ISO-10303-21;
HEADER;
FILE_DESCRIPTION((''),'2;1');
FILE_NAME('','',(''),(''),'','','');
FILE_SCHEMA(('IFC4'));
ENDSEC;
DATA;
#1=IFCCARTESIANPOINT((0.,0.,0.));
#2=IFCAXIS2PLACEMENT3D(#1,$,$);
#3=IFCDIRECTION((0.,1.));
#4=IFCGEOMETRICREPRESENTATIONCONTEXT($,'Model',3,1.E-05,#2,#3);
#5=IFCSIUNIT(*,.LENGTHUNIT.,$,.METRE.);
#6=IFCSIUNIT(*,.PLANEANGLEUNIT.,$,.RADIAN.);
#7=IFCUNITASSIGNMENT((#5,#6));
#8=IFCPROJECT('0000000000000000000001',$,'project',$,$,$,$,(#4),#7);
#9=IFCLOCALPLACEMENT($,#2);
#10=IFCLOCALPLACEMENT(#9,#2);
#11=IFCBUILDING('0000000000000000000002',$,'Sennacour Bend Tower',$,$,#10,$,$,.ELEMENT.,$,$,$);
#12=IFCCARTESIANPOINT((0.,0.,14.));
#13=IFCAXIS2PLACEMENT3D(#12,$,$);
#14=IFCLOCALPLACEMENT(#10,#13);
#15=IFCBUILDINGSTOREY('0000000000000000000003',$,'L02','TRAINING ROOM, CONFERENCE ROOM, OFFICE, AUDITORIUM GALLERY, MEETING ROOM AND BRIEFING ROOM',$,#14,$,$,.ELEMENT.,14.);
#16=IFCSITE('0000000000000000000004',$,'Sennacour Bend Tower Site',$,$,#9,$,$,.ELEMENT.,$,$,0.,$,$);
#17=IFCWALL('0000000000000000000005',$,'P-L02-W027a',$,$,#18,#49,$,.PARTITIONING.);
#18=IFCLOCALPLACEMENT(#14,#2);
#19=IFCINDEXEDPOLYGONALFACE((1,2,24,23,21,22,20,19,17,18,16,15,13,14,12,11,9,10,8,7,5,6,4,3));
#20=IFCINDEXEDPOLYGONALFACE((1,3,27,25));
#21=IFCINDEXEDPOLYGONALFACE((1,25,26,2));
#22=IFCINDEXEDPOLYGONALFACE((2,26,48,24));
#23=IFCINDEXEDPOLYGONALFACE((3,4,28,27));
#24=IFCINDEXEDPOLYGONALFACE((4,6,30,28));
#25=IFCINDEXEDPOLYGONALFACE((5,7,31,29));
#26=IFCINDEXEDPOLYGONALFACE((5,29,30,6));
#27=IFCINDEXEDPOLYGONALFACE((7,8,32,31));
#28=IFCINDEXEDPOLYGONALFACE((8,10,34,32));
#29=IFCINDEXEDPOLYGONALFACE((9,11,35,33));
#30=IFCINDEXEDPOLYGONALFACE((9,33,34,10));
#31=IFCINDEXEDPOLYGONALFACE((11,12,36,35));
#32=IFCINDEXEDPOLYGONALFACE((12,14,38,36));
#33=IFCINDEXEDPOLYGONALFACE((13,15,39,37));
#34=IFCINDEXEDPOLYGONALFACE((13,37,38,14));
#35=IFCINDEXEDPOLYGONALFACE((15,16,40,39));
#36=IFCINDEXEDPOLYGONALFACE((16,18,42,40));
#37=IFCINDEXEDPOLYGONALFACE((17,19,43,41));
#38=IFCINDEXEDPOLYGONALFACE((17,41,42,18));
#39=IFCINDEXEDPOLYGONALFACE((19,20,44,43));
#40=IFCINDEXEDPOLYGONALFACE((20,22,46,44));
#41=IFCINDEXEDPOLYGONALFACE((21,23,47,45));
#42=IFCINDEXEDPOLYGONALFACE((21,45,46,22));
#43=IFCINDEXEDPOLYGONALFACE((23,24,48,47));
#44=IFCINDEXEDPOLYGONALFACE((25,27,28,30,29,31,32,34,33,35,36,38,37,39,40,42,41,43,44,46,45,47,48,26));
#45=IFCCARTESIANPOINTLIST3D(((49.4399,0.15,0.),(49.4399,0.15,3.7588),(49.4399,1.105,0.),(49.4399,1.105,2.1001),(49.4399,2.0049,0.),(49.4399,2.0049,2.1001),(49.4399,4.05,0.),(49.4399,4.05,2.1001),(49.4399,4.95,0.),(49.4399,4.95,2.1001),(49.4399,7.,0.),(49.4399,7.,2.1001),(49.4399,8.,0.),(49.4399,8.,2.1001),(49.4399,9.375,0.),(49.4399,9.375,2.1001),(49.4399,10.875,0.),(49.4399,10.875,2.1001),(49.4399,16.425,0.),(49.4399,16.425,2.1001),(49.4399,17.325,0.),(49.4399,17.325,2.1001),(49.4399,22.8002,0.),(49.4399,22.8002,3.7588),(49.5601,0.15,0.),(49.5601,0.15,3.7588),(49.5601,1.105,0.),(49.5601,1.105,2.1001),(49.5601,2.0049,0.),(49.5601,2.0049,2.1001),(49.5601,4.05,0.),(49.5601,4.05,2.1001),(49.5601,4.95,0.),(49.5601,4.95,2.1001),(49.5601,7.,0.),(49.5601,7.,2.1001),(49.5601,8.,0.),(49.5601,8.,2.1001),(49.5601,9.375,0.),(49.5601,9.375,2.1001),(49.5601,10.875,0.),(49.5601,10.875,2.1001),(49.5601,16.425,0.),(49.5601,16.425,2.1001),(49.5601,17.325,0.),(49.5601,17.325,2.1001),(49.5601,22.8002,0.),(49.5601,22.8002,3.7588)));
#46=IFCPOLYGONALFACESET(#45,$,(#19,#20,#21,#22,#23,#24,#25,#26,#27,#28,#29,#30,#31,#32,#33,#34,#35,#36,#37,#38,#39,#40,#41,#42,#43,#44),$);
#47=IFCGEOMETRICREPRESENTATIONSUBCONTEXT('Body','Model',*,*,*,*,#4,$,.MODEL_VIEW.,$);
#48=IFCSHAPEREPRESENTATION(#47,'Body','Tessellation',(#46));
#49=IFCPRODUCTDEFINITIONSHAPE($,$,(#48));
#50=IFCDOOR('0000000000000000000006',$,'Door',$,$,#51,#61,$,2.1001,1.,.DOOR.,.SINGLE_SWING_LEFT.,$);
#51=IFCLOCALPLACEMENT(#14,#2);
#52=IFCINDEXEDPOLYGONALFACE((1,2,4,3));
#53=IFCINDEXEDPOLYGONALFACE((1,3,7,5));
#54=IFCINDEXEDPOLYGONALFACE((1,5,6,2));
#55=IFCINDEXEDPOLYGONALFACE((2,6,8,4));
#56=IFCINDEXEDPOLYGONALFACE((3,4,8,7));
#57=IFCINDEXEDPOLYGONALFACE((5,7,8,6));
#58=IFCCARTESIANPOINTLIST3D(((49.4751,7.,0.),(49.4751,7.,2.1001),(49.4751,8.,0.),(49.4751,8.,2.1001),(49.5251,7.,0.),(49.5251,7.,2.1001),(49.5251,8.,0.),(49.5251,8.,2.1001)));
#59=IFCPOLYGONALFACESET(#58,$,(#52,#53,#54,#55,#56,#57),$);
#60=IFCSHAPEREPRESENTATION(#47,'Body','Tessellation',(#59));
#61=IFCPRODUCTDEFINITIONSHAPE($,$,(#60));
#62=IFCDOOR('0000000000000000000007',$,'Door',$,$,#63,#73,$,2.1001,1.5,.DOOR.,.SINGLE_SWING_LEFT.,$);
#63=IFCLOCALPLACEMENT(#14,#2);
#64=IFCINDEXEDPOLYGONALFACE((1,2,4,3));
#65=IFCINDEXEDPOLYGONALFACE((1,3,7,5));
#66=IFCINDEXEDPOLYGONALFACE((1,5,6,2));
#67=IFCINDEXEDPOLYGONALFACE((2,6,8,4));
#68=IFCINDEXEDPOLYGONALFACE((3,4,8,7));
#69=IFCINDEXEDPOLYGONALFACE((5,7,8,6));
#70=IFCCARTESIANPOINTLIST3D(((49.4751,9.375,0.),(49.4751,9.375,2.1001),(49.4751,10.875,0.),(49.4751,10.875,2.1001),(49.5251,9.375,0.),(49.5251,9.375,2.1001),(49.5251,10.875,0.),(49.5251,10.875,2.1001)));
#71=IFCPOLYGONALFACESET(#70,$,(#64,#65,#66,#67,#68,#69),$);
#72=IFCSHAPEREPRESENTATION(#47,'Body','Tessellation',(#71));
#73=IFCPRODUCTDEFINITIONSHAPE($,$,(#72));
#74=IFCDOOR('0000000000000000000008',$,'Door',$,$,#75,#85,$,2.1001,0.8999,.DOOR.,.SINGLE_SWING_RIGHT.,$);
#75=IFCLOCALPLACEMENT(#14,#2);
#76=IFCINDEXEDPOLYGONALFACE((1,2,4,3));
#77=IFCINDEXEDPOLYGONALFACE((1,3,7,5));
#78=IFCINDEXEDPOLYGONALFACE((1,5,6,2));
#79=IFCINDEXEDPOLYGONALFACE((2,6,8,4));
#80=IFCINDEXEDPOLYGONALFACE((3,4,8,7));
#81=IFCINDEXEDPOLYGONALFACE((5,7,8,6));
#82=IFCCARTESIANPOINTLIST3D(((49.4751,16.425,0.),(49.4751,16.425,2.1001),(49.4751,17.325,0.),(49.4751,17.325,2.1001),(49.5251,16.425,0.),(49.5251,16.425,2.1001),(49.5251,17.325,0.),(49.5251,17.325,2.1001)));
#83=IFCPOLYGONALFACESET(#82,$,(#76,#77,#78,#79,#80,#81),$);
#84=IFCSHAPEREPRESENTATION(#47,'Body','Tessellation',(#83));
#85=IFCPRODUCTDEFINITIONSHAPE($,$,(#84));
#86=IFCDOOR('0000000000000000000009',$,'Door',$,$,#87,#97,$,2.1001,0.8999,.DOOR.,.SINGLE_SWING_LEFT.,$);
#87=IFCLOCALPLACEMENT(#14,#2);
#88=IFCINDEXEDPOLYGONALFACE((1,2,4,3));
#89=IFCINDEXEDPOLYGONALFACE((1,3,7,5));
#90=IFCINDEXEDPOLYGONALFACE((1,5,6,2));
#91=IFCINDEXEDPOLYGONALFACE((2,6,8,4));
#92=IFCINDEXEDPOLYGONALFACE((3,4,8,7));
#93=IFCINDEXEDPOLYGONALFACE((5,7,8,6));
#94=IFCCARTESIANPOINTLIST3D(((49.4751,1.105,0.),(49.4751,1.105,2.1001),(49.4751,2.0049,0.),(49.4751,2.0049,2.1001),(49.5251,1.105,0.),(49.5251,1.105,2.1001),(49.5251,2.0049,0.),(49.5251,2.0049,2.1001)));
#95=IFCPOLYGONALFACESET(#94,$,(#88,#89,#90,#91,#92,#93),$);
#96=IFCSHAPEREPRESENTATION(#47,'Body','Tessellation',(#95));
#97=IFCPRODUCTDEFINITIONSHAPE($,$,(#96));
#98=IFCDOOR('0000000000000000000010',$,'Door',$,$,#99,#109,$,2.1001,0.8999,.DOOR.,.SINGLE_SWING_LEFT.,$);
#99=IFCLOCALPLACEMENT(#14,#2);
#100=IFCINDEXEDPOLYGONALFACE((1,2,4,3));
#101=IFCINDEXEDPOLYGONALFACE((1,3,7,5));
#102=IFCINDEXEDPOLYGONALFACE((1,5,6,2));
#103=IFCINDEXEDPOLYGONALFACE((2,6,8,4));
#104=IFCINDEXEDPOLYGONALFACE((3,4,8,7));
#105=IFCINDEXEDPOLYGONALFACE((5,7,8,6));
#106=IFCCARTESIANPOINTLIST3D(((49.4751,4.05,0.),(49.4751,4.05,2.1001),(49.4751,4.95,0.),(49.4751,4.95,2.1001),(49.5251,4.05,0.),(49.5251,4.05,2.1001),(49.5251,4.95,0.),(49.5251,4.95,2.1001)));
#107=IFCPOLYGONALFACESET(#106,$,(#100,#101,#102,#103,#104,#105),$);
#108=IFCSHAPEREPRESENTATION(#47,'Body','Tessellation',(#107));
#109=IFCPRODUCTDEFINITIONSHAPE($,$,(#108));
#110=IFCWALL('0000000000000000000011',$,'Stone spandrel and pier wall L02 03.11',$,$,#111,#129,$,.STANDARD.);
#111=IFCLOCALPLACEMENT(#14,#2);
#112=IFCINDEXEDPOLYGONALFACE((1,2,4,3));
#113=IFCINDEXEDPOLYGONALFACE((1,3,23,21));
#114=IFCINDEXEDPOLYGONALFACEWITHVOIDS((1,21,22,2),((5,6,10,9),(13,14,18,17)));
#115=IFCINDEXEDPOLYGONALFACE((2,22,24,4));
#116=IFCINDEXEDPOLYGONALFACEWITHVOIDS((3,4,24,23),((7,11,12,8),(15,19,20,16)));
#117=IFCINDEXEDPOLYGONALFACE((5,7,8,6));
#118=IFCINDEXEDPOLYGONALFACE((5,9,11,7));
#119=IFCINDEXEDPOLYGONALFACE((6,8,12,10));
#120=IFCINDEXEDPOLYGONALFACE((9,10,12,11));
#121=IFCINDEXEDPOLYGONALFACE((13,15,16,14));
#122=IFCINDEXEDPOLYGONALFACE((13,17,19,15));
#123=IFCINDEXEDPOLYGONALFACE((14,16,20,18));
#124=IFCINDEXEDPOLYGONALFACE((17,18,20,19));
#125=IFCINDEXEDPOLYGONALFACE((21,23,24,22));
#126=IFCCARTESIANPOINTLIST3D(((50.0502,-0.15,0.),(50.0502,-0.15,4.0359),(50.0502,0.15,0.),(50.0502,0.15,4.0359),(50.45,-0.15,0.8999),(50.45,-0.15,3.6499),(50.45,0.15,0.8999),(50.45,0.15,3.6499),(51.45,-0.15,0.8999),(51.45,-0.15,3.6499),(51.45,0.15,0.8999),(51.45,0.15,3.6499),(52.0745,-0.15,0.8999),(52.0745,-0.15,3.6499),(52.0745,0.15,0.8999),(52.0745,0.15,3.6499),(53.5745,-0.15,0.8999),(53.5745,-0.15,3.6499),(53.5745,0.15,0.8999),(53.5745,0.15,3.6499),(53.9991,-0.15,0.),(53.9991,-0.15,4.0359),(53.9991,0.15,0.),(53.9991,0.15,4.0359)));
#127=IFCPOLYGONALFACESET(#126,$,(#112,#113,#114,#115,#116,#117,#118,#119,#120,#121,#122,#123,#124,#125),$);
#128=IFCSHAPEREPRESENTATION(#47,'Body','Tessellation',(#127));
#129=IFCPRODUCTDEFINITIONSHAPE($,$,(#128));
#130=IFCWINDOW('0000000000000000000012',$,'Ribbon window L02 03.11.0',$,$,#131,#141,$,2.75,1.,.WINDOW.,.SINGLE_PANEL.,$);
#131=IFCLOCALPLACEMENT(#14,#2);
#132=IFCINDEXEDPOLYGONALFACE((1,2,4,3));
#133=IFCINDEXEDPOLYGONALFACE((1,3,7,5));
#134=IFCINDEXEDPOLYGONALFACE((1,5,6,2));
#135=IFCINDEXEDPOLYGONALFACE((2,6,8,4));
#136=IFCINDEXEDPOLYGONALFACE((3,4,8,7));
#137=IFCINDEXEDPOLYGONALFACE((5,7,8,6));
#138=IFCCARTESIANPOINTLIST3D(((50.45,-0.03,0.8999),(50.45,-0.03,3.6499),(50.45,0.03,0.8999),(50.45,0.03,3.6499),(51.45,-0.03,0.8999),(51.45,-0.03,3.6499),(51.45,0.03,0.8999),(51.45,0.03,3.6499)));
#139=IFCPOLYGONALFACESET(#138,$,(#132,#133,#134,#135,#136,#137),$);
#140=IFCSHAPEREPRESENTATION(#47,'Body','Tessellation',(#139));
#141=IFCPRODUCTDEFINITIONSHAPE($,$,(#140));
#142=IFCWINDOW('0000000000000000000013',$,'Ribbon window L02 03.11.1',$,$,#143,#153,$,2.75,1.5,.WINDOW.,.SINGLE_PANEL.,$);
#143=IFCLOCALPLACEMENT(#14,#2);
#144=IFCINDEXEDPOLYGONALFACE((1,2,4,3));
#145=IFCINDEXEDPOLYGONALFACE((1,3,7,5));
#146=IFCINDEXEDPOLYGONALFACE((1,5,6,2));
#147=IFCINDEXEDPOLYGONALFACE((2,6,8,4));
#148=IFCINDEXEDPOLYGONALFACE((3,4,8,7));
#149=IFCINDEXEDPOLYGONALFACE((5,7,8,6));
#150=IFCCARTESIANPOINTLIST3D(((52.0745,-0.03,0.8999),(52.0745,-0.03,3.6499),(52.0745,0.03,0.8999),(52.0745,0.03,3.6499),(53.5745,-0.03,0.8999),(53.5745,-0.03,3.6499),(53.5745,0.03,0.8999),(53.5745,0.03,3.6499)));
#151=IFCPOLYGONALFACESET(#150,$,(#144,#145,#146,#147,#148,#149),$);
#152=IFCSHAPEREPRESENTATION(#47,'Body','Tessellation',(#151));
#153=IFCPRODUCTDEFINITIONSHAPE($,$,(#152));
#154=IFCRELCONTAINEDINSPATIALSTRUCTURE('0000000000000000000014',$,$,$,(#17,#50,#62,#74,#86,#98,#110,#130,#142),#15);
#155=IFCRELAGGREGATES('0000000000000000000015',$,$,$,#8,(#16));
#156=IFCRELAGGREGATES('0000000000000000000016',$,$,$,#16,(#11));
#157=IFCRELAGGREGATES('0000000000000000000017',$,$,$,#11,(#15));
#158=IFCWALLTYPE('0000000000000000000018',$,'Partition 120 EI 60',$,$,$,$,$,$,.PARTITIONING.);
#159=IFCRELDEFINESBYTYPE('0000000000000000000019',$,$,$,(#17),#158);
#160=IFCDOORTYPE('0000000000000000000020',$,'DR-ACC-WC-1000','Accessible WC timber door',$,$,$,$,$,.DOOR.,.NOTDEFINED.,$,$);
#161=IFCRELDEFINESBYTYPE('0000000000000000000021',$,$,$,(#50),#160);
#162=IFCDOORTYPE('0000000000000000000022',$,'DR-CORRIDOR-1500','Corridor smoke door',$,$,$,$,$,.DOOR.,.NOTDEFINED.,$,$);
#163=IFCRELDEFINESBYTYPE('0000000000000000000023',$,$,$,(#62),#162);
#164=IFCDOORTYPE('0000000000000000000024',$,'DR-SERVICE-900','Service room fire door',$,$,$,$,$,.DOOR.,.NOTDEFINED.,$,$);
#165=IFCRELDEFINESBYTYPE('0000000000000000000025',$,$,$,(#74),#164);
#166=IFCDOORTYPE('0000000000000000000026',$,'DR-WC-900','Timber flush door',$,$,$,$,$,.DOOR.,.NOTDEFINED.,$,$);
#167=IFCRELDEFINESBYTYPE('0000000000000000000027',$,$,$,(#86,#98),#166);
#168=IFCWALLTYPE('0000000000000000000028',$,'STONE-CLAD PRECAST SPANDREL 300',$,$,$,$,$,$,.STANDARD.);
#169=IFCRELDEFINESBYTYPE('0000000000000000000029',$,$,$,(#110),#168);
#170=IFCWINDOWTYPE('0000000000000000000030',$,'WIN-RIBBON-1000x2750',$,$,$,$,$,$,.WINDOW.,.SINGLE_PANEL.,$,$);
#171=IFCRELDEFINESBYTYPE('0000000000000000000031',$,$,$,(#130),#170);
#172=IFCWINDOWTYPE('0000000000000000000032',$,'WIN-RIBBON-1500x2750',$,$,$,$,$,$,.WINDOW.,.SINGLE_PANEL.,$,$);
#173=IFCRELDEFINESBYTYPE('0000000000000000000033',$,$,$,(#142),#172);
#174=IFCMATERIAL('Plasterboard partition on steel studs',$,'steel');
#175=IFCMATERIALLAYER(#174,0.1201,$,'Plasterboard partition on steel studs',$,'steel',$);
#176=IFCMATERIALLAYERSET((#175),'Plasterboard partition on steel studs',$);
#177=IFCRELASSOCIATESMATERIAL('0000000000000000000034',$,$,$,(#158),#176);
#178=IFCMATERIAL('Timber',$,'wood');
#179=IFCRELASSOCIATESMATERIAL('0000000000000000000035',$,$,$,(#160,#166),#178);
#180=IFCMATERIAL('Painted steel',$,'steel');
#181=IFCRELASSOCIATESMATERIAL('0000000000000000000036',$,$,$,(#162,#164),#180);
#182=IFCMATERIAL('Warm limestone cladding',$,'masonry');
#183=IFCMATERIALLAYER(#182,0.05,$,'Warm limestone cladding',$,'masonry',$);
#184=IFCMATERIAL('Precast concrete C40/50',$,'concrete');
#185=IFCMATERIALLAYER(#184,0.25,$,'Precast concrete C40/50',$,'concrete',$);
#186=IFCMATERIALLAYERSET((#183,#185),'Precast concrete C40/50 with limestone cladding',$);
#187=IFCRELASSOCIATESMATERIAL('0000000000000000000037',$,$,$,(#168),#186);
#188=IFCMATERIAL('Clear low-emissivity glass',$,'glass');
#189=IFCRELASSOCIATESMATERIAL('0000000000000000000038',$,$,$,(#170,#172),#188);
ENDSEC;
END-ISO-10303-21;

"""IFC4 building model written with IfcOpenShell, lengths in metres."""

from ifc_helpers import new_model, si_unit, direction, frame, frame_2d, origin, place, context, subcontext, project, spatial, rectangle, extrude, material, layer, layer_set, type_object, element, fill, save


model = new_model("IFC4")

# Units and contexts
model_context = context("Model", 3, precision=1e-05, world=origin(), true_north=direction((0.0, 1.0)))
body_context = subcontext(model_context, "Body", "Model", "MODEL_VIEW")
ifc_project = project(units=[si_unit("LENGTHUNIT", "METRE"), si_unit("PLANEANGLEUNIT", "RADIAN")], contexts=[model_context])

# Site, building, storey
site_placement = place(None, origin())
site = spatial("IfcSite", under=ifc_project, at=site_placement, Name="Sennacour Bend Tower Site", CompositionType="ELEMENT", RefElevation=0.0)
building_placement = place(site_placement, origin())
building = spatial("IfcBuilding", under=site, at=building_placement, Name="Sennacour Bend Tower", CompositionType="ELEMENT")
storey_placement = place(building_placement, frame((0.0, 0.0, 14.0)))
storey = spatial("IfcBuildingStorey", under=building, at=storey_placement, Name="L02", Description="TRAINING ROOM, CONFERENCE ROOM, OFFICE, AUDITORIUM GALLERY, MEETING ROOM AND BRIEFING ROOM", CompositionType="ELEMENT", Elevation=14.0)

# Wall, openings, doors
ifc_material_1 = material(Name="Painted steel", Category="steel")
ifc_material_2 = material(Name="Plasterboard partition on steel studs", Category="steel")
ifc_layer_1 = layer(ifc_material_2, 0.1201, Name="Plasterboard partition on steel studs", Category="steel")
ifc_layer_set_1 = layer_set([ifc_layer_1], Name="Plasterboard partition on steel studs")
wall_type_1 = type_object("IfcWallType", Name="Partition 120 EI 60", PredefinedType="PARTITIONING", material=ifc_layer_set_1)
wall_1_placement = place(storey_placement, frame((49.5, 0.1499, 0.0), z_axis=(0.0, 0.0, 1.0), x_axis=(0.0, 1.0, 0.0)))
wall_1 = element("IfcWall", 1, at=wall_1_placement, inside=storey, type_object=wall_type_1, Name="P-L02-W027a", PredefinedType="PARTITIONING", context=body_context, shape_type="SweptSolid", body=[
    extrude(rectangle(XDim=22.6501, YDim=0.1201, at=frame_2d((11.3252, 0.0))), origin(), (0.0, 0.0, 1.0), 3.7588),
])
opening_1_placement = place(wall_1_placement, frame((0.9551, 0.0, 0.0)))
opening_1 = element("IfcOpeningElement", 2, at=opening_1_placement, cuts=wall_1, PredefinedType="OPENING", context=body_context, shape_type="SweptSolid", body=[
    extrude(rectangle(XDim=0.8999, YDim=2.1001, at=frame_2d((0.45, 1.05))), frame((0.0, 0.0701, 0.0), z_axis=(0.0, -1.0, 0.0), x_axis=(1.0, 0.0, 0.0)), (0.0, 0.0, 1.0), 0.1401),
])
opening_2_placement = place(wall_1_placement, frame((3.9001, 0.0, 0.0)))
opening_2 = element("IfcOpeningElement", 3, at=opening_2_placement, cuts=wall_1, PredefinedType="OPENING", context=body_context, shape_type="SweptSolid", body=[
    extrude(rectangle(XDim=0.8999, YDim=2.1001, at=frame_2d((0.45, 1.05))), frame((0.0, 0.0701, 0.0), z_axis=(0.0, -1.0, 0.0), x_axis=(1.0, 0.0, 0.0)), (0.0, 0.0, 1.0), 0.1401),
])
opening_3_placement = place(wall_1_placement, frame((6.8501, 0.0, 0.0)))
opening_3 = element("IfcOpeningElement", 4, at=opening_3_placement, cuts=wall_1, PredefinedType="OPENING", context=body_context, shape_type="SweptSolid", body=[
    extrude(rectangle(XDim=1.0, YDim=2.1001, at=frame_2d((0.5, 1.05))), frame((0.0, 0.0701, 0.0), z_axis=(0.0, -1.0, 0.0), x_axis=(1.0, 0.0, 0.0)), (0.0, 0.0, 1.0), 0.1401),
])
opening_4_placement = place(wall_1_placement, frame((16.2751, 0.0, 0.0)))
opening_4 = element("IfcOpeningElement", 5, at=opening_4_placement, cuts=wall_1, PredefinedType="OPENING", context=body_context, shape_type="SweptSolid", body=[
    extrude(rectangle(XDim=0.8999, YDim=2.1001, at=frame_2d((0.45, 1.05))), frame((0.0, 0.0701, 0.0), z_axis=(0.0, -1.0, 0.0), x_axis=(1.0, 0.0, 0.0)), (0.0, 0.0, 1.0), 0.1401),
])
opening_5_placement = place(wall_1_placement, frame((9.2251, 0.0, 0.0)))
opening_5 = element("IfcOpeningElement", 6, at=opening_5_placement, cuts=wall_1, PredefinedType="OPENING", context=body_context, shape_type="SweptSolid", body=[
    extrude(rectangle(XDim=1.5, YDim=2.1001, at=frame_2d((0.75, 1.05))), frame((0.0, 0.0701, 0.0), z_axis=(0.0, -1.0, 0.0), x_axis=(1.0, 0.0, 0.0)), (0.0, 0.0, 1.0), 0.1401),
])
ifc_material_3 = material(Name="Timber", Category="wood")
door_type_1 = type_object("IfcDoorType", Name="DR-ACC-WC-1000", Description="Accessible WC timber door", OperationType="NOTDEFINED", PredefinedType="DOOR", material=ifc_material_3)
door_1_placement = place(opening_3_placement, origin())
door_1 = element("IfcDoor", 7, at=door_1_placement, inside=storey, type_object=door_type_1, Name="Door", OperationType="SINGLE_SWING_LEFT", OverallHeight=2.1001, OverallWidth=1.0, PredefinedType="DOOR", context=body_context, shape_type="SweptSolid", body=[
    extrude(rectangle(XDim=1.0, YDim=2.1001, at=frame_2d((0.5, 1.05))), frame((0.0, 0.0249, 0.0), z_axis=(0.0, -1.0, 0.0), x_axis=(1.0, 0.0, 0.0)), (0.0, 0.0, 1.0), 0.05),
])
fill(opening_3, door_1)
door_type_2 = type_object("IfcDoorType", Name="DR-CORRIDOR-1500", Description="Corridor smoke door", OperationType="NOTDEFINED", PredefinedType="DOOR", material=ifc_material_1)
door_2_placement = place(opening_5_placement, origin())
door_2 = element("IfcDoor", 8, at=door_2_placement, inside=storey, type_object=door_type_2, Name="Door", OperationType="SINGLE_SWING_LEFT", OverallHeight=2.1001, OverallWidth=1.5, PredefinedType="DOOR", context=body_context, shape_type="SweptSolid", body=[
    extrude(rectangle(XDim=1.5, YDim=2.1001, at=frame_2d((0.75, 1.05))), frame((0.0, 0.0249, 0.0), z_axis=(0.0, -1.0, 0.0), x_axis=(1.0, 0.0, 0.0)), (0.0, 0.0, 1.0), 0.05),
])
fill(opening_5, door_2)
door_type_3 = type_object("IfcDoorType", Name="DR-SERVICE-900", Description="Service room fire door", OperationType="NOTDEFINED", PredefinedType="DOOR", material=ifc_material_1)
door_3_placement = place(opening_4_placement, origin())
door_3 = element("IfcDoor", 9, at=door_3_placement, inside=storey, type_object=door_type_3, Name="Door", OperationType="SINGLE_SWING_RIGHT", OverallHeight=2.1001, OverallWidth=0.8999, PredefinedType="DOOR", context=body_context, shape_type="SweptSolid", body=[
    extrude(rectangle(XDim=0.8999, YDim=2.1001, at=frame_2d((0.45, 1.05))), frame((0.0, 0.0249, 0.0), z_axis=(0.0, -1.0, 0.0), x_axis=(1.0, 0.0, 0.0)), (0.0, 0.0, 1.0), 0.05),
])
fill(opening_4, door_3)
door_type_4 = type_object("IfcDoorType", Name="DR-WC-900", Description="Timber flush door", OperationType="NOTDEFINED", PredefinedType="DOOR", material=ifc_material_3)
door_4_placement = place(opening_1_placement, origin())
door_4 = element("IfcDoor", 10, at=door_4_placement, inside=storey, type_object=door_type_4, Name="Door", OperationType="SINGLE_SWING_LEFT", OverallHeight=2.1001, OverallWidth=0.8999, PredefinedType="DOOR", context=body_context, shape_type="SweptSolid", body=[
    extrude(rectangle(XDim=0.8999, YDim=2.1001, at=frame_2d((0.45, 1.05))), frame((0.0, 0.0249, 0.0), z_axis=(0.0, -1.0, 0.0), x_axis=(1.0, 0.0, 0.0)), (0.0, 0.0, 1.0), 0.05),
])
fill(opening_1, door_4)
door_5_placement = place(opening_2_placement, origin())
door_5 = element("IfcDoor", 11, at=door_5_placement, inside=storey, type_object=door_type_4, Name="Door", OperationType="SINGLE_SWING_LEFT", OverallHeight=2.1001, OverallWidth=0.8999, PredefinedType="DOOR", context=body_context, shape_type="SweptSolid", body=[
    extrude(rectangle(XDim=0.8999, YDim=2.1001, at=frame_2d((0.45, 1.05))), frame((0.0, 0.0249, 0.0), z_axis=(0.0, -1.0, 0.0), x_axis=(1.0, 0.0, 0.0)), (0.0, 0.0, 1.0), 0.05),
])
fill(opening_2, door_5)

# Wall, openings, windows
ifc_material_4 = material(Name="Warm limestone cladding", Category="masonry")
ifc_layer_2 = layer(ifc_material_4, 0.05, Name="Warm limestone cladding", Category="masonry")
ifc_material_5 = material(Name="Precast concrete C40/50", Category="concrete")
ifc_layer_3 = layer(ifc_material_5, 0.25, Name="Precast concrete C40/50", Category="concrete")
ifc_layer_set_2 = layer_set([ifc_layer_2, ifc_layer_3], Name="Precast concrete C40/50 with limestone cladding")
wall_type_2 = type_object("IfcWallType", Name="STONE-CLAD PRECAST SPANDREL 300", PredefinedType="STANDARD", material=ifc_layer_set_2)
wall_2_placement = place(storey_placement, frame((50.05, 0.0, 0.0), z_axis=(0.0, 0.0, 1.0), x_axis=(1.0, 0.0, 0.0)))
wall_2 = element("IfcWall", 12, at=wall_2_placement, inside=storey, type_object=wall_type_2, Name="Stone spandrel and pier wall L02 03.11", PredefinedType="STANDARD", context=body_context, shape_type="SweptSolid", body=[
    extrude(rectangle(XDim=3.949, YDim=0.3, at=frame_2d((1.9746, 0.0))), origin(), (0.0, 0.0, 1.0), 4.0359),
])
opening_6_placement = place(wall_2_placement, frame((0.3999, 0.0, 0.8999)))
opening_6 = element("IfcOpeningElement", 13, at=opening_6_placement, cuts=wall_2, PredefinedType="OPENING", context=body_context, shape_type="SweptSolid", body=[
    extrude(rectangle(XDim=1.0, YDim=2.75, at=frame_2d((0.5, 1.375))), frame((0.0, 0.1602, 0.0), z_axis=(0.0, -1.0, 0.0), x_axis=(1.0, 0.0, 0.0)), (0.0, 0.0, 1.0), 0.3201),
])
opening_7_placement = place(wall_2_placement, frame((2.0244, 0.0, 0.8999)))
opening_7 = element("IfcOpeningElement", 14, at=opening_7_placement, cuts=wall_2, PredefinedType="OPENING", context=body_context, shape_type="SweptSolid", body=[
    extrude(rectangle(XDim=1.5, YDim=2.75, at=frame_2d((0.75, 1.375))), frame((0.0, 0.1602, 0.0), z_axis=(0.0, -1.0, 0.0), x_axis=(1.0, 0.0, 0.0)), (0.0, 0.0, 1.0), 0.3201),
])
ifc_material_6 = material(Name="Clear low-emissivity glass", Category="glass")
window_type_1 = type_object("IfcWindowType", Name="WIN-RIBBON-1000x2750", PartitioningType="SINGLE_PANEL", PredefinedType="WINDOW", material=ifc_material_6)
window_1_placement = place(opening_6_placement, origin())
window_1 = element("IfcWindow", 15, at=window_1_placement, inside=storey, type_object=window_type_1, Name="Ribbon window L02 03.11.0", OverallHeight=2.75, OverallWidth=1.0, PartitioningType="SINGLE_PANEL", PredefinedType="WINDOW", context=body_context, shape_type="SweptSolid", body=[
    extrude(rectangle(XDim=1.0, YDim=2.75, at=frame_2d((0.5, 1.375))), frame((0.0, 0.03, 0.0), z_axis=(0.0, -1.0, 0.0), x_axis=(1.0, 0.0, 0.0)), (0.0, 0.0, 1.0), 0.0601),
])
fill(opening_6, window_1)
window_type_2 = type_object("IfcWindowType", Name="WIN-RIBBON-1500x2750", PartitioningType="SINGLE_PANEL", PredefinedType="WINDOW", material=ifc_material_6)
window_2_placement = place(opening_7_placement, origin())
window_2 = element("IfcWindow", 16, at=window_2_placement, inside=storey, type_object=window_type_2, Name="Ribbon window L02 03.11.1", OverallHeight=2.75, OverallWidth=1.5, PartitioningType="SINGLE_PANEL", PredefinedType="WINDOW", context=body_context, shape_type="SweptSolid", body=[
    extrude(rectangle(XDim=1.5, YDim=2.75, at=frame_2d((0.75, 1.375))), frame((0.0, 0.03, 0.0), z_axis=(0.0, -1.0, 0.0), x_axis=(1.0, 0.0, 0.0)), (0.0, 0.0, 1.0), 0.0601),
])
fill(opening_7, window_2)

save(model, "model.ifc")
